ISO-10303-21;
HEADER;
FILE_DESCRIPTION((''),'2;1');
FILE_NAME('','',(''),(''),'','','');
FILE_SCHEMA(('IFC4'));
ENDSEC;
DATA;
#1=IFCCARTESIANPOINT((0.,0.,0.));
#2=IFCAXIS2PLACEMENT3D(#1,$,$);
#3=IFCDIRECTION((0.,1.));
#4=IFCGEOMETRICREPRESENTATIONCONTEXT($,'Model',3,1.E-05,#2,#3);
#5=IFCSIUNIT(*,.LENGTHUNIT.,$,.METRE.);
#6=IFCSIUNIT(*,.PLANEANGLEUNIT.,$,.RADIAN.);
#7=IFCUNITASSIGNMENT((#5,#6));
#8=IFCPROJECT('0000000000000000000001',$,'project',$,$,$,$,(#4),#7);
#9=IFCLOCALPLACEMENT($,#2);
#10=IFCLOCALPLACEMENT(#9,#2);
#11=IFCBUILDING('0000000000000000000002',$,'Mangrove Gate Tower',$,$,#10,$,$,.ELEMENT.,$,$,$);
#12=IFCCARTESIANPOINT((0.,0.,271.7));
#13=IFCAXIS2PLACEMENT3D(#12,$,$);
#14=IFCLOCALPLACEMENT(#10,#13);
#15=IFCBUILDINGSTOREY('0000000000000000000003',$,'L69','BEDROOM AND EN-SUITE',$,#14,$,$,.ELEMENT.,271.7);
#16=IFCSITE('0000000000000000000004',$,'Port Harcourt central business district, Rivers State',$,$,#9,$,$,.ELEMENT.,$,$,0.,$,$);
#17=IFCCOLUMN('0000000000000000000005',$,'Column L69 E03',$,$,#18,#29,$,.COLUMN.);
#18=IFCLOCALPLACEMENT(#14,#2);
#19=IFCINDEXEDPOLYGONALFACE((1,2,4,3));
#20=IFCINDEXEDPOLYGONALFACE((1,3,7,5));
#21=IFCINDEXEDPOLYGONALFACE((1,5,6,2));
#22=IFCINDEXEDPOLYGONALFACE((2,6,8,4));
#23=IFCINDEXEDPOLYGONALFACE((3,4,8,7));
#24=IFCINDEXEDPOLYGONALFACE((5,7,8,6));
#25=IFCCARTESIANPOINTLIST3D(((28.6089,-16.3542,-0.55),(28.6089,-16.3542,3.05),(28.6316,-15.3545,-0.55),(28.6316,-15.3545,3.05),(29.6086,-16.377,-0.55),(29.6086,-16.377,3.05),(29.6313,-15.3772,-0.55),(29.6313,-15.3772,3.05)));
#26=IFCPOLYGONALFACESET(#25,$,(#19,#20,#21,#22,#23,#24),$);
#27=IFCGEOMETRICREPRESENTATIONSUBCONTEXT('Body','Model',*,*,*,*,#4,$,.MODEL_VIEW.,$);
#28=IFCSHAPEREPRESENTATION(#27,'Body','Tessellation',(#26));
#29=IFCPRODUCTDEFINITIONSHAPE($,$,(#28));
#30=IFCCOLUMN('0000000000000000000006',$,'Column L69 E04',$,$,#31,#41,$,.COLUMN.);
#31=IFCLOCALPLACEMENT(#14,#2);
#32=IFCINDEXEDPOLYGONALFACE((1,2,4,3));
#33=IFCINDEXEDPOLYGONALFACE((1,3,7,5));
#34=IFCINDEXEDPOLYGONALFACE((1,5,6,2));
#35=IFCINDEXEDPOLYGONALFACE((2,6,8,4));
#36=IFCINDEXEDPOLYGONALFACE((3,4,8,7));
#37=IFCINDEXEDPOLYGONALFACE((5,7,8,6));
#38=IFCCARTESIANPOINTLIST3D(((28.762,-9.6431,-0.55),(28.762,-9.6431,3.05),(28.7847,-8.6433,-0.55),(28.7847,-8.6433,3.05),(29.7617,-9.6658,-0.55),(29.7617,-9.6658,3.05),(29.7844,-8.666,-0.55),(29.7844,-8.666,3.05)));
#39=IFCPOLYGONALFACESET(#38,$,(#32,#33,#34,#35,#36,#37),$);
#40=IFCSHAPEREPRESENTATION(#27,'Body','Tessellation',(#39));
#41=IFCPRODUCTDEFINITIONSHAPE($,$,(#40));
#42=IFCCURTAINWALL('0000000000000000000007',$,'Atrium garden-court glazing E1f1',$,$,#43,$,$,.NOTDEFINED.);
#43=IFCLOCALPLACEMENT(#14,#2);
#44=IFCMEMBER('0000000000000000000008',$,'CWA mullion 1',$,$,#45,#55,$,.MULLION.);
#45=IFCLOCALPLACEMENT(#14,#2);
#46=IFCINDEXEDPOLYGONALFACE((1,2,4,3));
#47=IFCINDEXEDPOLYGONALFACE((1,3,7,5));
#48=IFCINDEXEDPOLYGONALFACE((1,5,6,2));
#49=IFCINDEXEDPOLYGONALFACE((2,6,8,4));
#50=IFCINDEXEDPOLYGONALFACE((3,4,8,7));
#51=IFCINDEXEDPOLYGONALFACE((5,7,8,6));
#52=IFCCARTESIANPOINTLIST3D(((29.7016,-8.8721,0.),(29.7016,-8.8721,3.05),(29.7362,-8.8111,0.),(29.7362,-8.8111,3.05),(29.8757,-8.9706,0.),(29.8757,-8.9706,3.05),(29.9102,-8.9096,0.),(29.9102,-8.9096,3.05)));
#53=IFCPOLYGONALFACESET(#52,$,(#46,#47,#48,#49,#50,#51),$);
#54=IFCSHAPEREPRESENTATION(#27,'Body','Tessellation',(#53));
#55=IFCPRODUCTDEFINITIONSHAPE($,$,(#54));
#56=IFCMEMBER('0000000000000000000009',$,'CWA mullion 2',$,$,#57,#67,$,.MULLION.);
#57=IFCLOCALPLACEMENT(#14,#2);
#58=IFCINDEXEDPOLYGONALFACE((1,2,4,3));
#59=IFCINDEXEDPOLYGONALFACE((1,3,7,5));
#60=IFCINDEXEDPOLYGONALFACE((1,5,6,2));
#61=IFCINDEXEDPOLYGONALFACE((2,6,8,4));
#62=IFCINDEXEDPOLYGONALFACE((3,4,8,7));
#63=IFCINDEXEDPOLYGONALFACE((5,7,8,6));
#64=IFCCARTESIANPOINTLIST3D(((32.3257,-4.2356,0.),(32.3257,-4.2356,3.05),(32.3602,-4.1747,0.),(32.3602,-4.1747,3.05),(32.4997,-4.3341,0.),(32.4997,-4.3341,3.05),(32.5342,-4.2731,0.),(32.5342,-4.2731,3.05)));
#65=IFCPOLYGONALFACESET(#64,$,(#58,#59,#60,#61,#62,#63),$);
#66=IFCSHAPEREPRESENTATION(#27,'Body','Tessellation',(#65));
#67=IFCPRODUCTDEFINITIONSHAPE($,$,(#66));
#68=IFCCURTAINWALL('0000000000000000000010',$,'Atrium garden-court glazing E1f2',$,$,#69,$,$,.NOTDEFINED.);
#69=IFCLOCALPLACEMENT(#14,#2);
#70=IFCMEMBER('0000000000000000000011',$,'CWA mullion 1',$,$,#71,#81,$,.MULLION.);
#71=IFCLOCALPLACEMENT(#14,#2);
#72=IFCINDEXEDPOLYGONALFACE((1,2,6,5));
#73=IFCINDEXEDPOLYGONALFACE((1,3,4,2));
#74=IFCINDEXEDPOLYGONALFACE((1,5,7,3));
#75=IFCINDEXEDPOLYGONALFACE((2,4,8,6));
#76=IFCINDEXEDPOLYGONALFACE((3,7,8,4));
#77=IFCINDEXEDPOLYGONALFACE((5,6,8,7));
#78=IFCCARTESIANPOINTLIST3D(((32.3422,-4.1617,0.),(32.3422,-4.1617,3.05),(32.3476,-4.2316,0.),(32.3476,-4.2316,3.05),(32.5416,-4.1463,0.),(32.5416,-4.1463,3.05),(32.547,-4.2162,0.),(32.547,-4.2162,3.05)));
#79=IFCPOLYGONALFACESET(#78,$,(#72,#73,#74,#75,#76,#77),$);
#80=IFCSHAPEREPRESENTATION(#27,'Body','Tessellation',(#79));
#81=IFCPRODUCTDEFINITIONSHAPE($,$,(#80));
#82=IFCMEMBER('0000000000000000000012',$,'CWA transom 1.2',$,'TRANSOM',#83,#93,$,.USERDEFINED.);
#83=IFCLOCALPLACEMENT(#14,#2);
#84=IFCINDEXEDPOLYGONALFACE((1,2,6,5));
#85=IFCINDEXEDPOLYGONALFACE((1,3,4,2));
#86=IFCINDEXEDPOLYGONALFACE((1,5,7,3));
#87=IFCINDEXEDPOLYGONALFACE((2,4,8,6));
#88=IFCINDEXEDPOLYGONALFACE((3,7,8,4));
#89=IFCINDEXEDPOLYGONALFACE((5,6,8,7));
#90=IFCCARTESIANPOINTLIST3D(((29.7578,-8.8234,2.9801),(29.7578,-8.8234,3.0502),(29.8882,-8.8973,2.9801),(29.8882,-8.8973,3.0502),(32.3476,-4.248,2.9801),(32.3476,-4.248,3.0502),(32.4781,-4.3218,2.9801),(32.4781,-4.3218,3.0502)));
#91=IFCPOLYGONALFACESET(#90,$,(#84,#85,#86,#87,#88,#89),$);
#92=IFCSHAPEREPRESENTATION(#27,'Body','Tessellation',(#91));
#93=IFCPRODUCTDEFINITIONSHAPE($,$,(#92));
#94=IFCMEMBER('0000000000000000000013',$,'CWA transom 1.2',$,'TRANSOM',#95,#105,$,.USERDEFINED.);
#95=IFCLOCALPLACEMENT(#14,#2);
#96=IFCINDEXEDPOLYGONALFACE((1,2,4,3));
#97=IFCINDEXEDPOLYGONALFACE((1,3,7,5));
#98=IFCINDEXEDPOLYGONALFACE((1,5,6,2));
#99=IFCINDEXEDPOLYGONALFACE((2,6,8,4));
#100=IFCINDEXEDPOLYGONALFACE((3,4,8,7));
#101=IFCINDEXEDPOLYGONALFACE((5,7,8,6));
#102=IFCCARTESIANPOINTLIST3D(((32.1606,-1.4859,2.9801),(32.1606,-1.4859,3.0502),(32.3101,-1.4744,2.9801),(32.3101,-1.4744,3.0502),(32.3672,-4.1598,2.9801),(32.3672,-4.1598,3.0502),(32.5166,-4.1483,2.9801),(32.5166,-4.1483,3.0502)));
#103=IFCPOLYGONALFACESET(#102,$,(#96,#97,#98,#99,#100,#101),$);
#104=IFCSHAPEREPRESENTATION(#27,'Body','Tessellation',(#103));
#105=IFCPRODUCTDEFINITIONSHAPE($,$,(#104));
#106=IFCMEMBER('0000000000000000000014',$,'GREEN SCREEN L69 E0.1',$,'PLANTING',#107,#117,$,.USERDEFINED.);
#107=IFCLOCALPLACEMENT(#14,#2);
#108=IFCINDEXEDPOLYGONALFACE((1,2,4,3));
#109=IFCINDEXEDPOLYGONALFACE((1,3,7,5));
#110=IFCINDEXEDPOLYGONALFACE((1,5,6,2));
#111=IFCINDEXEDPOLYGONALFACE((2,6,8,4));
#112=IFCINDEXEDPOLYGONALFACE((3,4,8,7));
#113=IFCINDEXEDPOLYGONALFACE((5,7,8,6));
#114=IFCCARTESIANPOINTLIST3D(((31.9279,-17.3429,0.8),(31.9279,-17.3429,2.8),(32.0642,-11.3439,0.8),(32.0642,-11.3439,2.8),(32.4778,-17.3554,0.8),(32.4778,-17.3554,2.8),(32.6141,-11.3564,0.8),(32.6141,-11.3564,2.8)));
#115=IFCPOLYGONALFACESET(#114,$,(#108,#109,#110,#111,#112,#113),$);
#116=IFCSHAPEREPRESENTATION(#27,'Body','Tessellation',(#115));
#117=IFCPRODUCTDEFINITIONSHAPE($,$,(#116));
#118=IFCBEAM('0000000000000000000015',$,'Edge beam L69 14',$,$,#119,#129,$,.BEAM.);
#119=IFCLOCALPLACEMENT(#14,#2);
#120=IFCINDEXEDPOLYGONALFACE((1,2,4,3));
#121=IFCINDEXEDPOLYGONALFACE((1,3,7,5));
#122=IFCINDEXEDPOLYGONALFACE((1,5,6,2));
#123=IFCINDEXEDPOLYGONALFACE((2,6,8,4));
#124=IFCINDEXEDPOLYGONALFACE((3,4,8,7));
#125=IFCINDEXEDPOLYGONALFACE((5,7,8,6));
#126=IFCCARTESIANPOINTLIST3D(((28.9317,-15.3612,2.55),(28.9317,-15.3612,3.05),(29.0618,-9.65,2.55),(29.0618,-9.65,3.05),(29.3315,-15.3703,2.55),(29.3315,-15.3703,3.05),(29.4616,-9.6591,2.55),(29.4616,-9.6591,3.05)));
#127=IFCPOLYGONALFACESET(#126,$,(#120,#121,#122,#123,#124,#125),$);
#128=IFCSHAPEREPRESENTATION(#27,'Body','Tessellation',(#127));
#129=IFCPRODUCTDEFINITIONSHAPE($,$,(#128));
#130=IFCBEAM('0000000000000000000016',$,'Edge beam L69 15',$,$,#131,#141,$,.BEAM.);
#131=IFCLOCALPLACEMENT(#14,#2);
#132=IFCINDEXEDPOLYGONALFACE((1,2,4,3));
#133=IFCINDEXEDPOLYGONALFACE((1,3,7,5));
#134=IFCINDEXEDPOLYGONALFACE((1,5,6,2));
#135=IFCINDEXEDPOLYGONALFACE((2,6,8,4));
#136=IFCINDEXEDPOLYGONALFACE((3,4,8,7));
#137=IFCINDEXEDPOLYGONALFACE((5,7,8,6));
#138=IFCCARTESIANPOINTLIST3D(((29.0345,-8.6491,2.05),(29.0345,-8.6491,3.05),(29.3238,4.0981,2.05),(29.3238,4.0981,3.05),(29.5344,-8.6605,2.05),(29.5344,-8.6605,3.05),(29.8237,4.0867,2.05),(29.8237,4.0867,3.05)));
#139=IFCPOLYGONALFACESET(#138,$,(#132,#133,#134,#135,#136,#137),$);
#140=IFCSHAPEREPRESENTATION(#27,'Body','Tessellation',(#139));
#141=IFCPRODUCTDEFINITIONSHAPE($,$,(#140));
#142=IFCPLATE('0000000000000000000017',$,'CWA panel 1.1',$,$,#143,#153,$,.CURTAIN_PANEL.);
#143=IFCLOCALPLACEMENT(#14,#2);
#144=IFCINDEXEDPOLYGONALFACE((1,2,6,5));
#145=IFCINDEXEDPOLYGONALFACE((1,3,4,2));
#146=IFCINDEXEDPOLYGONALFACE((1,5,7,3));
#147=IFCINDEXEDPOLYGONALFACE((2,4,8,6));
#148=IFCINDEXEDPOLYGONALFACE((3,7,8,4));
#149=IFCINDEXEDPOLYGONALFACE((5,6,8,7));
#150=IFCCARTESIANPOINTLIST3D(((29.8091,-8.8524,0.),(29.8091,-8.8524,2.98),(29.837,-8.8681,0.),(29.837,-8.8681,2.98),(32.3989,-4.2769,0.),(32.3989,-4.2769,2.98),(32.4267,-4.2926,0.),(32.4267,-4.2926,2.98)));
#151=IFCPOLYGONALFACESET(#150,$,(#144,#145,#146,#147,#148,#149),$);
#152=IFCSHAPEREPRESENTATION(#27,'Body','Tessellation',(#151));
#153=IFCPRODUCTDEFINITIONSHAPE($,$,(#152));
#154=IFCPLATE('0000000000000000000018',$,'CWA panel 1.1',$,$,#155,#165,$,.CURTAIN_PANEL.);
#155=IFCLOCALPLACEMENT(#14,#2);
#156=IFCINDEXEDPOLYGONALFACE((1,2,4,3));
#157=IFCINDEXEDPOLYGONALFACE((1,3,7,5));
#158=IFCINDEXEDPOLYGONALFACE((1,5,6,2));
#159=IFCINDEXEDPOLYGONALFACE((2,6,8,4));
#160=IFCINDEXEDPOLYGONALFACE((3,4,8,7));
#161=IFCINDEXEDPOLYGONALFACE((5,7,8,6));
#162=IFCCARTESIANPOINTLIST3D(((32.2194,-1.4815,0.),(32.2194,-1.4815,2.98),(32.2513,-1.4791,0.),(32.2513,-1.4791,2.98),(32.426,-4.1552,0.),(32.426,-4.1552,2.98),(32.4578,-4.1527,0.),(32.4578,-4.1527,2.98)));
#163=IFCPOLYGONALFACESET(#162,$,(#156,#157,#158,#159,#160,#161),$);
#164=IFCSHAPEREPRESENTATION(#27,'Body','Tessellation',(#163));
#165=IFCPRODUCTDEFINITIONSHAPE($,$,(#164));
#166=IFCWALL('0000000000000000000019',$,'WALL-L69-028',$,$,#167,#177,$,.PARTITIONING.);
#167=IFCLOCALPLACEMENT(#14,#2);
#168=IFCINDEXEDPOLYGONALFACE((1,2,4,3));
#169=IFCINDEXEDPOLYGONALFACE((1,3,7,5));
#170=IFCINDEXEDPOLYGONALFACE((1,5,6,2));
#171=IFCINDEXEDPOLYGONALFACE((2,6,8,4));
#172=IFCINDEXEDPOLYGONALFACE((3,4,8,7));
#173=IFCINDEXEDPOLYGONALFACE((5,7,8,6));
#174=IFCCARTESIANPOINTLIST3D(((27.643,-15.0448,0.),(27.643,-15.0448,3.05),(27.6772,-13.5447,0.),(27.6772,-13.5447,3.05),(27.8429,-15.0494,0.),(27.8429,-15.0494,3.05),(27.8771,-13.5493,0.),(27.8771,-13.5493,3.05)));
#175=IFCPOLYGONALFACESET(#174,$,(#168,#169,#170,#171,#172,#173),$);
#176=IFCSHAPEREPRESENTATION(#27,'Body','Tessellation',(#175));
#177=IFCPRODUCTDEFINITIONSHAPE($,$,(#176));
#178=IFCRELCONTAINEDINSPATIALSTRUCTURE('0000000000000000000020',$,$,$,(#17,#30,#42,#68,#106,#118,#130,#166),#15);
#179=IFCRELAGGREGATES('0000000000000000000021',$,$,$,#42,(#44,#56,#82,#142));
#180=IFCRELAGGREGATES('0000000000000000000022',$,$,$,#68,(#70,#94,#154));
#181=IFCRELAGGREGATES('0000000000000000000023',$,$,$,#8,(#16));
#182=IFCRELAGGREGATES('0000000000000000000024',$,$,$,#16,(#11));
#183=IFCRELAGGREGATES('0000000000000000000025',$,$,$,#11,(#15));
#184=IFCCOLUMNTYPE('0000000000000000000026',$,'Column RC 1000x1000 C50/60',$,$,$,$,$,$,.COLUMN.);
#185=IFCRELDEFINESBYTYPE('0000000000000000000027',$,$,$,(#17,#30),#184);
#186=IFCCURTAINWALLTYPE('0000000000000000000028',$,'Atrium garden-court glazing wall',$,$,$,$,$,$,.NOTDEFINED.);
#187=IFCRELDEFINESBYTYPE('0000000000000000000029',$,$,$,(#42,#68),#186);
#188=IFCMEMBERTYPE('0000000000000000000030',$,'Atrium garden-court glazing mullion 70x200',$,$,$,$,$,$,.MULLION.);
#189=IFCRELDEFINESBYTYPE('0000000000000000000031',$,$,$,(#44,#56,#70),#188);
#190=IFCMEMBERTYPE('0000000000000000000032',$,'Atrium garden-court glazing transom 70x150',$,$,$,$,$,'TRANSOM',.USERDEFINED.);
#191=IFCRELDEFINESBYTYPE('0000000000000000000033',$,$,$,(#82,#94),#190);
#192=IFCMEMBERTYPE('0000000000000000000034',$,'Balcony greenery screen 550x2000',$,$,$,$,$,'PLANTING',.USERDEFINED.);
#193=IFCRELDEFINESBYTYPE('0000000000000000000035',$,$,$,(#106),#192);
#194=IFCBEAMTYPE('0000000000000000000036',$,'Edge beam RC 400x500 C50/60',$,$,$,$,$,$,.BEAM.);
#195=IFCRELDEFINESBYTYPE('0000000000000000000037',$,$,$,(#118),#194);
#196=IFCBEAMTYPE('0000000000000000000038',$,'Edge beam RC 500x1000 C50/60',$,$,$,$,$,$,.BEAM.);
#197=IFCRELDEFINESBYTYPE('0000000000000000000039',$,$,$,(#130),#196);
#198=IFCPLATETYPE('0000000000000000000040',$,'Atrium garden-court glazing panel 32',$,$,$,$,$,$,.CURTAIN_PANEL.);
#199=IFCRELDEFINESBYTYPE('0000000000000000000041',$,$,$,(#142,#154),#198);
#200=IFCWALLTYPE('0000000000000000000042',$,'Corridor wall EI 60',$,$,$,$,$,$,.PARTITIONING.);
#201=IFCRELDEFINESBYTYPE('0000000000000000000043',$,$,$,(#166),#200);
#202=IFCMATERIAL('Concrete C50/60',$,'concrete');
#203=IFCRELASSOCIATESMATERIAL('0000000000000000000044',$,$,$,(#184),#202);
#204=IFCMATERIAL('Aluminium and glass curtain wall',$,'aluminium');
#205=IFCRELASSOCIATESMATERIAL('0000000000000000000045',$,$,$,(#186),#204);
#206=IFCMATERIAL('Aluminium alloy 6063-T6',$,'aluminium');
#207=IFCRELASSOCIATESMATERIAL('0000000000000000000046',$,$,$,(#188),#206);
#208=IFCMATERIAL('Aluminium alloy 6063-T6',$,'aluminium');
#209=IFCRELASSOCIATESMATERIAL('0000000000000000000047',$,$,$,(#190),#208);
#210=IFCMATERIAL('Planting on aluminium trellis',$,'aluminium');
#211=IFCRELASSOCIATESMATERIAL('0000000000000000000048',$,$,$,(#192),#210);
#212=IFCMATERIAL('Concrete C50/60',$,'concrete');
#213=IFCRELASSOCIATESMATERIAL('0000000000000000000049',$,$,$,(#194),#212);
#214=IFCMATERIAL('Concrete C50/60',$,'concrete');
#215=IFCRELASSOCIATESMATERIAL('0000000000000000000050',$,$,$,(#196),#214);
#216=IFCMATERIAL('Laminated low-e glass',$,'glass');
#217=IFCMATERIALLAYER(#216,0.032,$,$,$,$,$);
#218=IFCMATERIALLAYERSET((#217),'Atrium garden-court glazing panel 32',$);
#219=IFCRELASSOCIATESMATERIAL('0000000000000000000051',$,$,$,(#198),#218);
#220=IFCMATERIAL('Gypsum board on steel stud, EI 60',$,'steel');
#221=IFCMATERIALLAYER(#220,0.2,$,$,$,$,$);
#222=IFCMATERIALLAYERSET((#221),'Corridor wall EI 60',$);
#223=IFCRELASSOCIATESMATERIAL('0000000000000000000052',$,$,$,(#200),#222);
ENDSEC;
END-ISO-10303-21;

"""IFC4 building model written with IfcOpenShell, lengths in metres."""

from ifc_helpers import new_model, si_unit, direction, frame, frame_2d, origin, origin_2d, place, context, subcontext, project, spatial, rectangle, extrude, material, layer, layer_set, material_profile, profile_set, type_object, element, aggregate, save


model = new_model("IFC4")

# Units and contexts
model_context = context("Model", 3, precision=1e-05, world=origin(), true_north=direction((0.0, 1.0)))
body_context = subcontext(model_context, "Body", "Model", "MODEL_VIEW")
ifc_project = project(units=[si_unit("LENGTHUNIT", "METRE"), si_unit("PLANEANGLEUNIT", "RADIAN")], contexts=[model_context])

# Site, building, storey
site_placement = place(None, origin())
site = spatial("IfcSite", under=ifc_project, at=site_placement, Name="Port Harcourt central business district, Rivers State", CompositionType="ELEMENT", RefElevation=0.0)
building_placement = place(site_placement, origin())
building = spatial("IfcBuilding", under=site, at=building_placement, Name="Mangrove Gate Tower", CompositionType="ELEMENT")
storey_placement = place(building_placement, frame((0.0, 0.0, 271.7)))
storey = spatial("IfcBuildingStorey", under=building, at=storey_placement, Name="L69", Description="BEDROOM AND EN-SUITE", CompositionType="ELEMENT", Elevation=271.7)

# Columns
ifc_material_1 = material(Name="Concrete C50/60", Category="concrete")
ifc_material_profile_1 = material_profile(ifc_material_1, rectangle(XDim=1.0, YDim=1.0, at=origin_2d()))
ifc_profile_set_1 = profile_set([ifc_material_profile_1], Name="Concrete C50/60")
column_type = type_object("IfcColumnType", Name="Column RC 1000x1000 C50/60", PredefinedType="COLUMN", material=ifc_profile_set_1)
for number, where, z_axis, x_axis, name in (
    (1, (29.1201, -15.8657, -0.55), (0.0, 0.0, 1.0), (0.022718, 0.999742, 0.0), "Column L69 E03"),
    (2, (29.2732, -9.1545, -0.55), (0.0, 0.0, 1.0), (0.022724, 0.999742, 0.0), "Column L69 E04"),
):
    element("IfcColumn", number, at=place(storey_placement, frame(where, z_axis=z_axis, x_axis=x_axis)), inside=storey, type_object=column_type, Name=name, PredefinedType="COLUMN", context=body_context, shape_type="SweptSolid", body=[
        extrude(rectangle(XDim=1.0, YDim=1.0, at=origin_2d()), origin(), (0.0, 0.0, 1.0), 3.6001),
    ])

# Curtain wall, members
ifc_material_2 = material(Name="Aluminium and glass curtain wall", Category="aluminium")
curtain_wall_type = type_object("IfcCurtainWallType", Name="Atrium garden-court glazing wall", PredefinedType="NOTDEFINED", material=ifc_material_2)
curtain_wall_1_placement = place(storey_placement, origin())
curtain_wall_1 = element("IfcCurtainWall", 3, at=curtain_wall_1_placement, inside=storey, type_object=curtain_wall_type, Name="Atrium garden-court glazing E1f1", PredefinedType="NOTDEFINED")
ifc_material_3 = material(Name="Aluminium alloy 6063-T6", Category="aluminium")
ifc_material_profile_2 = material_profile(ifc_material_3, rectangle(XDim=0.0701, YDim=0.2, at=origin_2d()))
ifc_profile_set_2 = profile_set([ifc_material_profile_2], Name="Aluminium alloy 6063-T6")
member_type_1 = type_object("IfcMemberType", Name="Atrium garden-court glazing mullion 70x200", PredefinedType="MULLION", material=ifc_profile_set_2)
member_1_placement = place(storey_placement, frame((29.8059, -8.8909, 0.0), z_axis=(0.0, 0.0, 1.0), x_axis=(0.492568, 0.870274, 0.0)))
member_1 = element("IfcMember", 4, at=member_1_placement, type_object=member_type_1, Name="CWA mullion 1", PredefinedType="MULLION", context=body_context, shape_type="SweptSolid", body=[
    extrude(rectangle(XDim=0.0701, YDim=0.2, at=origin_2d()), origin(), (0.0, 0.0, 1.0), 3.05),
])
member_2_placement = place(storey_placement, frame((32.4299, -4.2544, 0.0), z_axis=(0.0, 0.0, 1.0), x_axis=(0.492568, 0.870274, 0.0)))
member_2 = element("IfcMember", 5, at=member_2_placement, type_object=member_type_1, Name="CWA mullion 2", PredefinedType="MULLION", context=body_context, shape_type="SweptSolid", body=[
    extrude(rectangle(XDim=0.0701, YDim=0.2, at=origin_2d()), origin(), (0.0, 0.0, 1.0), 3.05),
])

# Curtain wall, member
curtain_wall_2_placement = place(storey_placement, origin())
curtain_wall_2 = element("IfcCurtainWall", 6, at=curtain_wall_2_placement, inside=storey, type_object=curtain_wall_type, Name="Atrium garden-court glazing E1f2", PredefinedType="NOTDEFINED")
member_3_placement = place(storey_placement, frame((32.4446, -4.189, 0.0), z_axis=(0.0, 0.0, 1.0), x_axis=(-0.077023, 0.997029, 0.0)))
member_3 = element("IfcMember", 7, at=member_3_placement, type_object=member_type_1, Name="CWA mullion 1", PredefinedType="MULLION", context=body_context, shape_type="SweptSolid", body=[
    extrude(rectangle(XDim=0.0701, YDim=0.2, at=origin_2d()), origin(), (0.0, 0.0, 1.0), 3.05),
])

# Members
ifc_material_4 = material(Name="Aluminium alloy 6063-T6", Category="aluminium")
ifc_material_profile_3 = material_profile(ifc_material_4, rectangle(XDim=0.0701, YDim=0.1499, at=origin_2d()))
ifc_profile_set_3 = profile_set([ifc_material_profile_3], Name="Aluminium alloy 6063-T6")
member_type_2 = type_object("IfcMemberType", Name="Atrium garden-court glazing transom 70x150", ElementType="TRANSOM", PredefinedType="USERDEFINED", material=ifc_profile_set_3)
member_4_placement = place(storey_placement, frame((29.823, -8.8604, 3.0151), z_axis=(0.492594, 0.870259, 0.0), x_axis=(0.0, 0.0, 1.0)))
member_4 = element("IfcMember", 8, at=member_4_placement, type_object=member_type_2, Name="CWA transom 1.2", ObjectType="TRANSOM", PredefinedType="USERDEFINED", context=body_context, shape_type="SweptSolid", body=[
    extrude(rectangle(XDim=0.0701, YDim=0.1499, at=origin_2d()), origin(), (0.0, 0.0, 1.0), 5.2576),
])
member_5_placement = place(storey_placement, frame((32.4419, -4.1541, 3.0151), z_axis=(-0.077017, 0.99703, 0.0), x_axis=(0.0, 0.0, 1.0)))
member_5 = element("IfcMember", 9, at=member_5_placement, type_object=member_type_2, Name="CWA transom 1.2", ObjectType="TRANSOM", PredefinedType="USERDEFINED", context=body_context, shape_type="SweptSolid", body=[
    extrude(rectangle(XDim=0.0701, YDim=0.1499, at=origin_2d()), origin(), (0.0, 0.0, 1.0), 2.6819),
])
ifc_material_5 = material(Name="Planting on aluminium trellis", Category="aluminium")
ifc_material_profile_4 = material_profile(ifc_material_5, rectangle(XDim=0.55, YDim=2.0, at=origin_2d()))
ifc_profile_set_4 = profile_set([ifc_material_profile_4], Name="Planting on aluminium trellis")
member_type_3 = type_object("IfcMemberType", Name="Balcony greenery screen 550x2000", ElementType="PLANTING", PredefinedType="USERDEFINED", material=ifc_profile_set_4)
member_6_placement = place(storey_placement, frame((32.2029, -17.3491, 1.8), z_axis=(0.022703, 0.999742, 0.0), x_axis=(-0.999742, 0.022703, 0.0)))
element("IfcMember", 10, at=member_6_placement, inside=storey, type_object=member_type_3, Name="GREEN SCREEN L69 E0.1", ObjectType="PLANTING", PredefinedType="USERDEFINED", context=body_context, shape_type="SweptSolid", body=[
    extrude(rectangle(XDim=0.55, YDim=2.0, at=origin_2d()), origin(), (0.0, 0.0, 1.0), 6.0005),
])

# Beams
ifc_material_6 = material(Name="Concrete C50/60", Category="concrete")
ifc_material_profile_5 = material_profile(ifc_material_6, rectangle(XDim=0.3999, YDim=0.5, at=origin_2d()))
ifc_profile_set_5 = profile_set([ifc_material_profile_5], Name="Concrete C50/60")
beam_type_1 = type_object("IfcBeamType", Name="Edge beam RC 400x500 C50/60", PredefinedType="BEAM", material=ifc_profile_set_5)
beam_1_placement = place(storey_placement, frame((29.1316, -15.3657, 2.8), z_axis=(0.022779, 0.999741, 0.0), x_axis=(-0.999741, 0.022779, 0.0)))
element("IfcBeam", 11, at=beam_1_placement, inside=storey, type_object=beam_type_1, Name="Edge beam L69 14", PredefinedType="BEAM", context=body_context, shape_type="SweptSolid", body=[
    extrude(rectangle(XDim=0.3999, YDim=0.5, at=origin_2d()), origin(), (0.0, 0.0, 1.0), 5.7126),
])
ifc_material_7 = material(Name="Concrete C50/60", Category="concrete")
ifc_material_profile_6 = material_profile(ifc_material_7, rectangle(XDim=0.5, YDim=1.0, at=origin_2d()))
ifc_profile_set_6 = profile_set([ifc_material_profile_6], Name="Concrete C50/60")
beam_type_2 = type_object("IfcBeamType", Name="Edge beam RC 500x1000 C50/60", PredefinedType="BEAM", material=ifc_profile_set_6)
beam_2_placement = place(storey_placement, frame((29.2844, -8.6548, 2.55), z_axis=(0.02269, 0.999743, 0.0), x_axis=(-0.999743, 0.02269, 0.0)))
element("IfcBeam", 12, at=beam_2_placement, inside=storey, type_object=beam_type_2, Name="Edge beam L69 15", PredefinedType="BEAM", context=body_context, shape_type="SweptSolid", body=[
    extrude(rectangle(XDim=0.5, YDim=1.0, at=origin_2d()), origin(), (0.0, 0.0, 1.0), 12.7505),
])

# Plates
ifc_material_8 = material(Name="Laminated low-e glass", Category="glass")
ifc_layer_1 = layer(ifc_material_8, 0.032)
ifc_layer_set_1 = layer_set([ifc_layer_1], Name="Atrium garden-court glazing panel 32")
plate_type = type_object("IfcPlateType", Name="Atrium garden-court glazing panel 32", PredefinedType="CURTAIN_PANEL", material=ifc_layer_set_1)
plate_1_placement = place(storey_placement, frame((31.1179, -6.5725, 0.0), z_axis=(0.0, 0.0, 1.0), x_axis=(0.492568, 0.870274, 0.0)))
plate_1 = element("IfcPlate", 13, at=plate_1_placement, type_object=plate_type, Name="CWA panel 1.1", PredefinedType="CURTAIN_PANEL", context=body_context, shape_type="SweptSolid", body=[
    extrude(rectangle(XDim=5.2576, YDim=0.032, at=origin_2d()), origin(), (0.0, 0.0, 1.0), 2.98),
])
aggregate(curtain_wall_1, [member_1, member_2, member_4, plate_1])
plate_2_placement = place(storey_placement, frame((32.3386, -2.8171, 0.0), z_axis=(0.0, 0.0, 1.0), x_axis=(-0.077023, 0.997029, 0.0)))
plate_2 = element("IfcPlate", 14, at=plate_2_placement, type_object=plate_type, Name="CWA panel 1.1", PredefinedType="CURTAIN_PANEL", context=body_context, shape_type="SweptSolid", body=[
    extrude(rectangle(XDim=2.6816, YDim=0.032, at=origin_2d()), origin(), (0.0, 0.0, 1.0), 2.98),
])
aggregate(curtain_wall_2, [member_3, member_5, plate_2])

# Wall
ifc_material_9 = material(Name="Gypsum board on steel stud, EI 60", Category="steel")
ifc_layer_2 = layer(ifc_material_9, 0.2)
ifc_layer_set_2 = layer_set([ifc_layer_2], Name="Corridor wall EI 60")
wall_type_1 = type_object("IfcWallType", Name="Corridor wall EI 60", PredefinedType="PARTITIONING", material=ifc_layer_set_2)
wall_1_placement = place(storey_placement, frame((27.7429, -15.0471, 0.0), z_axis=(0.0, 0.0, 1.0), x_axis=(0.022781, 0.99974, 0.0)))
element("IfcWall", 15, at=wall_1_placement, inside=storey, type_object=wall_type_1, Name="WALL-L69-028", PredefinedType="PARTITIONING", context=body_context, shape_type="SweptSolid", body=[
    extrude(rectangle(XDim=1.5005, YDim=0.2, at=frame_2d((0.7502, 0.0))), origin(), (0.0, 0.0, 1.0), 3.05),
])

save(model, "model.ifc")
